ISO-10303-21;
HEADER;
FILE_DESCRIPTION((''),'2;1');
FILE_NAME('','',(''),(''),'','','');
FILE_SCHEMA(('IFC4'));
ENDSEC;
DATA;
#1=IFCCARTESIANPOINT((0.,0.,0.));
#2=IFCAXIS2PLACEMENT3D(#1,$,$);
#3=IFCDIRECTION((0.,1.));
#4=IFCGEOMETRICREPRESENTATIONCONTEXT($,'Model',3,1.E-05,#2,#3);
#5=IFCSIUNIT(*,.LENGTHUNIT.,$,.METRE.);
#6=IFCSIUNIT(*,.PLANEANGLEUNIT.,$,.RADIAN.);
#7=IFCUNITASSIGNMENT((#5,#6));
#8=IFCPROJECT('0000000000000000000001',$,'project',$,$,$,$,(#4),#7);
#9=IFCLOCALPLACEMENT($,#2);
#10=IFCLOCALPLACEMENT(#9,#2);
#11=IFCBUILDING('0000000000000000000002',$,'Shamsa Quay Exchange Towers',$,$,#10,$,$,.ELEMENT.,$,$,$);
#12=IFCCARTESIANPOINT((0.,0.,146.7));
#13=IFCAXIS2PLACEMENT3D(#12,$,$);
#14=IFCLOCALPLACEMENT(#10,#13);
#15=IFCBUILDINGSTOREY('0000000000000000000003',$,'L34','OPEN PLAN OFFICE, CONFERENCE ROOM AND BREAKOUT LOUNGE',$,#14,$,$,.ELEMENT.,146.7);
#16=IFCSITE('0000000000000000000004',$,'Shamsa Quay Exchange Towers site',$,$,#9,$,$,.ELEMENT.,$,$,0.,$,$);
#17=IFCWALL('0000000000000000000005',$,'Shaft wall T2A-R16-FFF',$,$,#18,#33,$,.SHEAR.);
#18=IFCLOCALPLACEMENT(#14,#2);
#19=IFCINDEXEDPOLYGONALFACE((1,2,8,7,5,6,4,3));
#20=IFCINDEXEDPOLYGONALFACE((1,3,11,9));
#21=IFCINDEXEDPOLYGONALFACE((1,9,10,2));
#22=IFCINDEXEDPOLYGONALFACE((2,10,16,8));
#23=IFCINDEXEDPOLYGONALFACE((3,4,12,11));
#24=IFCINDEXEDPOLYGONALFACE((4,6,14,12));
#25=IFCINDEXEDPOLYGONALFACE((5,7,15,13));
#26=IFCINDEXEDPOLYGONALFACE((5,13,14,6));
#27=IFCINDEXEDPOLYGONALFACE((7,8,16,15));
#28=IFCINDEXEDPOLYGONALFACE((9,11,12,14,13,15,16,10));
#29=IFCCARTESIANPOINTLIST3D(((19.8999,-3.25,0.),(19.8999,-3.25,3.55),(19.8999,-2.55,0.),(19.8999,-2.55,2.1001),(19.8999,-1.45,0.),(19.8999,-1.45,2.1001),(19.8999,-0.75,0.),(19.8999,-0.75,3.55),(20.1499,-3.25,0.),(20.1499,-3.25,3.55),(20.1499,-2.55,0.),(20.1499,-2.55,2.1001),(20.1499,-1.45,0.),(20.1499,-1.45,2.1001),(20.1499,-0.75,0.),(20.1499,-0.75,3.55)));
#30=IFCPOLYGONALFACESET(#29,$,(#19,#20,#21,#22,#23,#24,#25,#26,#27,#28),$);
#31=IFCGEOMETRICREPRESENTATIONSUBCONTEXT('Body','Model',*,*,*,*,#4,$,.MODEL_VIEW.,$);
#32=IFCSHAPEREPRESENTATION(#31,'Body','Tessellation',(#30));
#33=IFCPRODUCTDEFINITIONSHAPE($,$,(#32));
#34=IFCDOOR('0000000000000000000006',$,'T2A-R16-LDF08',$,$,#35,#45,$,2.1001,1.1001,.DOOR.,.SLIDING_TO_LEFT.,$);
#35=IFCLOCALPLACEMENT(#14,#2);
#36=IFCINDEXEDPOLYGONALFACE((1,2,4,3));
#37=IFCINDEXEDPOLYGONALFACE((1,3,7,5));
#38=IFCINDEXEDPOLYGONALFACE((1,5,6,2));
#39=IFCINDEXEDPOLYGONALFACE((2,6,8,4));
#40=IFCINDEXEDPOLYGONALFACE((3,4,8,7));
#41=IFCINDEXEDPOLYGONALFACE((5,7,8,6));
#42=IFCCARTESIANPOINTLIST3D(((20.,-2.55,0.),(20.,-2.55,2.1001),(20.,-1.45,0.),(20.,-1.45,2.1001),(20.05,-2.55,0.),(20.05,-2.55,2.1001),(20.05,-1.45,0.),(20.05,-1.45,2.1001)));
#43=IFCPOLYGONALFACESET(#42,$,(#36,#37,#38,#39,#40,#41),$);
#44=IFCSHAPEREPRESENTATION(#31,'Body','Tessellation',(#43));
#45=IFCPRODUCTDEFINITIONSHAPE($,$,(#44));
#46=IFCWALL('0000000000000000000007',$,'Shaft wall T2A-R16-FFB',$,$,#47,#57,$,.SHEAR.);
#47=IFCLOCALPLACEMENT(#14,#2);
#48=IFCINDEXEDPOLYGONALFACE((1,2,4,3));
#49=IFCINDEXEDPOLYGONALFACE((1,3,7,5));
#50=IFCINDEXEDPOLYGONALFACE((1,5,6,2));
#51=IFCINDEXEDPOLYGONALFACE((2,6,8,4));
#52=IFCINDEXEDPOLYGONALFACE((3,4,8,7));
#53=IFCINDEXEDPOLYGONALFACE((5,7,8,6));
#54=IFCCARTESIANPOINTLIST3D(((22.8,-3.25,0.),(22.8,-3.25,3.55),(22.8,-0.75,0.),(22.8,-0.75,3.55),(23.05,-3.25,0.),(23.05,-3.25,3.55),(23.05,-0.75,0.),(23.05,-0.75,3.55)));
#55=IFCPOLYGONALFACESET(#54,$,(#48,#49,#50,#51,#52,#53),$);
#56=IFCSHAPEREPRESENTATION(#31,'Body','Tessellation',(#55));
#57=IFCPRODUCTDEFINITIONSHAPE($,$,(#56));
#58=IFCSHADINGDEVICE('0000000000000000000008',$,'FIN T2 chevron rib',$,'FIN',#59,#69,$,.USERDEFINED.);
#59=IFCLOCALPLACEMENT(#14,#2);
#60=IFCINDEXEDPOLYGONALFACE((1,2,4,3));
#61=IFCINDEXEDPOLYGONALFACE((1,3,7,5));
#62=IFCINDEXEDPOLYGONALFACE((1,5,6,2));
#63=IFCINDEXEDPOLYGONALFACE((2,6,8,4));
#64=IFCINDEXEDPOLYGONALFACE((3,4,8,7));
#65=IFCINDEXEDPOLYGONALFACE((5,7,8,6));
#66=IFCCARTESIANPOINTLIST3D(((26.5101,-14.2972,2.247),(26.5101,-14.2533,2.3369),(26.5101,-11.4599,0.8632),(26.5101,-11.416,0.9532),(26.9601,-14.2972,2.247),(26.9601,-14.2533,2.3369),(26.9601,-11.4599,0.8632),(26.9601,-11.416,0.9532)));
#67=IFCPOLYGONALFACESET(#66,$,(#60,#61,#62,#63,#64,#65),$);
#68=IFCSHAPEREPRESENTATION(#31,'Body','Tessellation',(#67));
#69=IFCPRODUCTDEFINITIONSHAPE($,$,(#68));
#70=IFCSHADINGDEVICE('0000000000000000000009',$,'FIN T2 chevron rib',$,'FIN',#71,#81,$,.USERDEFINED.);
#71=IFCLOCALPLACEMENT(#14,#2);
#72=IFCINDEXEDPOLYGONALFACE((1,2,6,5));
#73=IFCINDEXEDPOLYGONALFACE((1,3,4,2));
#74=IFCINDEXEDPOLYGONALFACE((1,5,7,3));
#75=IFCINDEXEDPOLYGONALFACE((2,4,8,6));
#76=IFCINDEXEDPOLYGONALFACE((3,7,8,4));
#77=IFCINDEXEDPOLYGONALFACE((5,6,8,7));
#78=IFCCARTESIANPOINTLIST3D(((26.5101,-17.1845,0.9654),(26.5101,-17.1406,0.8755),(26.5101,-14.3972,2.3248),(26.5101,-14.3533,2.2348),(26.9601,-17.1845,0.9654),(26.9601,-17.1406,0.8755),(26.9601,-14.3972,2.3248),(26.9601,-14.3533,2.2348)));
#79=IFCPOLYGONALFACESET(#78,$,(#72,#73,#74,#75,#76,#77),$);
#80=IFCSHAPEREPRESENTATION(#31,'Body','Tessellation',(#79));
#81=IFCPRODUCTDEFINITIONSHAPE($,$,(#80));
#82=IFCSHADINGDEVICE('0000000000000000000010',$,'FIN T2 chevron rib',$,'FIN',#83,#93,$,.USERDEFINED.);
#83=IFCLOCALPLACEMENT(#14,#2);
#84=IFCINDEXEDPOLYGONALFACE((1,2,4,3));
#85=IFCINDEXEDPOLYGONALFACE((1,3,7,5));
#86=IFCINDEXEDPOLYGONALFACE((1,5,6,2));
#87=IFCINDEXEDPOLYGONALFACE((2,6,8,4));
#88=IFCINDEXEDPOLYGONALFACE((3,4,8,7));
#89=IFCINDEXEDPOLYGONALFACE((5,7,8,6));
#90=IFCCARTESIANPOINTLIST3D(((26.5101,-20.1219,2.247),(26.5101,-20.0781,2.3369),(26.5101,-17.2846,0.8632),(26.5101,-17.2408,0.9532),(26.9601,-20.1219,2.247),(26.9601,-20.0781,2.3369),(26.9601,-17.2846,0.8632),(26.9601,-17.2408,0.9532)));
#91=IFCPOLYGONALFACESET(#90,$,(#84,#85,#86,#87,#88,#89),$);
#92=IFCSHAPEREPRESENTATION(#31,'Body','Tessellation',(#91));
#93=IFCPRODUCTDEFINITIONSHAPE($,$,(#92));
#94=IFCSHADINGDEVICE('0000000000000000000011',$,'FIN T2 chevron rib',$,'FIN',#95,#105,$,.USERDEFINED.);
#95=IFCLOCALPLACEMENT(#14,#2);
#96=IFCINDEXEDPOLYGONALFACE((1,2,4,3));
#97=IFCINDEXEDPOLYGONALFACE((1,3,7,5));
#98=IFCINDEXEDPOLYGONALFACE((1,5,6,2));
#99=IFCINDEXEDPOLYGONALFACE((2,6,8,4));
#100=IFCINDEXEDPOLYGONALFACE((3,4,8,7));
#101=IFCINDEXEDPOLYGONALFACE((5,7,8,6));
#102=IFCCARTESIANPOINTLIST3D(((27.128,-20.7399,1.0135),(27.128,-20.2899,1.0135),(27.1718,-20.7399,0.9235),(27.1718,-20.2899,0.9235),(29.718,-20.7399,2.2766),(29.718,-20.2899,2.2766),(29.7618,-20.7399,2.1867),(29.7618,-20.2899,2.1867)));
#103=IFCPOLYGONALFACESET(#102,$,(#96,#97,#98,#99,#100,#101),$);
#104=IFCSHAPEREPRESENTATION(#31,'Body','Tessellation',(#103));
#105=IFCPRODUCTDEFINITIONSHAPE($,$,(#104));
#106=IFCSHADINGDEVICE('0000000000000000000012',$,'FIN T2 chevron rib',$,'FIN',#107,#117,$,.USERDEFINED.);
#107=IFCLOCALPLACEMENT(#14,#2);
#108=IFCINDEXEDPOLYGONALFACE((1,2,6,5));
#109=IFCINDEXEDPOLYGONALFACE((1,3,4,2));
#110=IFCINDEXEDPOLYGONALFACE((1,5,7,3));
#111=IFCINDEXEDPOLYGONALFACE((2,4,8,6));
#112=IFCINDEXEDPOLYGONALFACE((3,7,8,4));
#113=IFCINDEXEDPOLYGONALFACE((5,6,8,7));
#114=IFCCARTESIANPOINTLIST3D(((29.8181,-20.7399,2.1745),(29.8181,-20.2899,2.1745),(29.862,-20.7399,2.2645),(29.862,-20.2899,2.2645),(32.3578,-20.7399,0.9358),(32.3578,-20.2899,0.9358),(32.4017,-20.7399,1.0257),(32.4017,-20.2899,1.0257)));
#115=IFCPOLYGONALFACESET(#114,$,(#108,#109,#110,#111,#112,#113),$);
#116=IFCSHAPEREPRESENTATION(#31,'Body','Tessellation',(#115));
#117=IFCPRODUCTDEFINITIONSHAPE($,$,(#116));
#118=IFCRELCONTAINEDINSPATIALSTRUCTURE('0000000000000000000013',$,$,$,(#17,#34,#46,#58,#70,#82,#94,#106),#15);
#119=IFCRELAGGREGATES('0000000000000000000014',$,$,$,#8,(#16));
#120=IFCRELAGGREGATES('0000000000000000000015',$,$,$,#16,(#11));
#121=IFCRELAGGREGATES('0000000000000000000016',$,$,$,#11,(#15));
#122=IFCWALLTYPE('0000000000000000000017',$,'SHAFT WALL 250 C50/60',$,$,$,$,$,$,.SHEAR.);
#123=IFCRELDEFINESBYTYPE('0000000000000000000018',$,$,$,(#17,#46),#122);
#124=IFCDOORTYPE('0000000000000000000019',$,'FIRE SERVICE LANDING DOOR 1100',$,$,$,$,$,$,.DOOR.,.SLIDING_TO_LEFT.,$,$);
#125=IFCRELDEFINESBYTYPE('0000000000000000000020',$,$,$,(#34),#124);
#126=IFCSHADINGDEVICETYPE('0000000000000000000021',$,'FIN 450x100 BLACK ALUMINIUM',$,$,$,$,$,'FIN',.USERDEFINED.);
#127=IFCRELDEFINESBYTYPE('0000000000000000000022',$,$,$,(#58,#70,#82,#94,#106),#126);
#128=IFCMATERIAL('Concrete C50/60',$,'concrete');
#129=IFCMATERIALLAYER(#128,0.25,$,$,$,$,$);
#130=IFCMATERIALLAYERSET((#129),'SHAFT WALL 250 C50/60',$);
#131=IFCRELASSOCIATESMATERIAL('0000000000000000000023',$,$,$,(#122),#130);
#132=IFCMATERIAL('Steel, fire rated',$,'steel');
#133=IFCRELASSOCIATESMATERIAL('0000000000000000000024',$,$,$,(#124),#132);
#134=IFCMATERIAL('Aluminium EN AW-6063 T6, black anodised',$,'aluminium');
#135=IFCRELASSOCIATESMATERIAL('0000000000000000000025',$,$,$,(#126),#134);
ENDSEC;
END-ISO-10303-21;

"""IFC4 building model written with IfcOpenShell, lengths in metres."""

from ifc_helpers import new_model, si_unit, direction, frame, frame_2d, origin, origin_2d, place, context, subcontext, project, spatial, rectangle, extrude, material, layer, layer_set, material_profile, profile_set, type_object, element, fill, save


model = new_model("IFC4")

# Units and contexts
model_context = context("Model", 3, precision=1e-05, world=origin(), true_north=direction((0.0, 1.0)))
body_context = subcontext(model_context, "Body", "Model", "MODEL_VIEW")
ifc_project = project(units=[si_unit("LENGTHUNIT", "METRE"), si_unit("PLANEANGLEUNIT", "RADIAN")], contexts=[model_context])

# Site, building, storey
site_placement = place(None, origin())
site = spatial("IfcSite", under=ifc_project, at=site_placement, Name="Shamsa Quay Exchange Towers site", CompositionType="ELEMENT", RefElevation=0.0)
building_placement = place(site_placement, origin())
building = spatial("IfcBuilding", under=site, at=building_placement, Name="Shamsa Quay Exchange Towers", CompositionType="ELEMENT")
storey_placement = place(building_placement, frame((0.0, 0.0, 146.7)))
storey = spatial("IfcBuildingStorey", under=building, at=storey_placement, Name="L34", Description="OPEN PLAN OFFICE, CONFERENCE ROOM AND BREAKOUT LOUNGE", CompositionType="ELEMENT", Elevation=146.7)

# Shared definitions
ifc_material_1 = material(Name="Aluminium EN AW-6063 T6, black anodised", Category="aluminium")

# Shared definitions
ifc_material_2 = material(Name="Concrete C50/60", Category="concrete")
ifc_layer_1 = layer(ifc_material_2, 0.25)
ifc_layer_set_1 = layer_set([ifc_layer_1], Name="SHAFT WALL 250 C50/60")
wall_type_1 = type_object("IfcWallType", Name="SHAFT WALL 250 C50/60", PredefinedType="SHEAR", material=ifc_layer_set_1)
ifc_material_3 = material(Name="Steel, fire rated", Category="steel")

# Wall, opening, door
wall_1_placement = place(storey_placement, frame((20.0249, -3.25, 0.0), z_axis=(0.0, 0.0, 1.0), x_axis=(0.0, 1.0, 0.0)))
wall_1 = element("IfcWall", 1, at=wall_1_placement, inside=storey, type_object=wall_type_1, Name="Shaft wall T2A-R16-FFF", PredefinedType="SHEAR", context=body_context, shape_type="SweptSolid", body=[
    extrude(rectangle(XDim=2.5, YDim=0.25, at=frame_2d((1.25, 0.0))), origin(), (0.0, 0.0, 1.0), 3.55),
])
opening_1_placement = place(wall_1_placement, frame((0.7, 0.0, 0.0)))
opening_1 = element("IfcOpeningElement", 2, at=opening_1_placement, cuts=wall_1, PredefinedType="OPENING", context=body_context, shape_type="SweptSolid", body=[
    extrude(rectangle(XDim=1.1001, YDim=2.1001, at=frame_2d((0.55, 1.05))), frame((0.0, 0.135, 0.0), z_axis=(0.0, -1.0, 0.0), x_axis=(1.0, 0.0, 0.0)), (0.0, 0.0, 1.0), 0.27),
])
door_type_1 = type_object("IfcDoorType", Name="FIRE SERVICE LANDING DOOR 1100", OperationType="SLIDING_TO_LEFT", PredefinedType="DOOR", material=ifc_material_3)
door_1_placement = place(opening_1_placement, origin())
door_1 = element("IfcDoor", 3, at=door_1_placement, inside=storey, type_object=door_type_1, Name="T2A-R16-LDF08", OperationType="SLIDING_TO_LEFT", OverallHeight=2.1001, OverallWidth=1.1001, PredefinedType="DOOR", context=body_context, shape_type="SweptSolid", body=[
    extrude(rectangle(XDim=1.1001, YDim=2.1001, at=frame_2d((0.55, 1.05))), frame((0.0, 0.0249, 0.0), z_axis=(0.0, -1.0, 0.0), x_axis=(1.0, 0.0, 0.0)), (0.0, 0.0, 1.0), 0.05),
])
fill(opening_1, door_1)

# Wall
wall_2_placement = place(storey_placement, frame((22.925, -3.25, 0.0), z_axis=(0.0, 0.0, 1.0), x_axis=(0.0, 1.0, 0.0)))
element("IfcWall", 4, at=wall_2_placement, inside=storey, type_object=wall_type_1, Name="Shaft wall T2A-R16-FFB", PredefinedType="SHEAR", context=body_context, shape_type="SweptSolid", body=[
    extrude(rectangle(XDim=2.5, YDim=0.25, at=frame_2d((1.25, 0.0))), origin(), (0.0, 0.0, 1.0), 3.55),
])

# Shading devices
ifc_material_profile_1 = material_profile(ifc_material_1, rectangle(XDim=0.45, YDim=0.1001, at=origin_2d()), Name="FIN450x100")
ifc_profile_set_1 = profile_set([ifc_material_profile_1], Name="Aluminium EN AW-6063 T6, black anodised")
shading_device_type = type_object("IfcShadingDeviceType", Name="FIN 450x100 BLACK ALUMINIUM", ElementType="FIN", PredefinedType="USERDEFINED", material=ifc_profile_set_1)
shading_device_1_placement = place(storey_placement, frame((26.7351, -11.438, 0.9082), z_axis=(0.0, -0.898807, 0.438344), x_axis=(1.0, 0.0, 0.0)))
element("IfcShadingDevice", 5, at=shading_device_1_placement, inside=storey, type_object=shading_device_type, Name="FIN T2 chevron rib", ObjectType="FIN", PredefinedType="USERDEFINED", context=body_context, shape_type="SweptSolid", body=[
    extrude(rectangle(XDim=0.45, YDim=0.1001, at=origin_2d()), origin(), (0.0, 0.0, 1.0), 3.1567),
])
shading_device_2_placement = place(storey_placement, frame((26.7351, -14.3752, 2.2798), z_axis=(0.0, -0.898808, -0.438343), x_axis=(1.0, 0.0, 0.0)))
element("IfcShadingDevice", 6, at=shading_device_2_placement, inside=storey, type_object=shading_device_type, Name="FIN T2 chevron rib", ObjectType="FIN", PredefinedType="USERDEFINED", context=body_context, shape_type="SweptSolid", body=[
    extrude(rectangle(XDim=0.45, YDim=0.1001, at=origin_2d()), origin(), (0.0, 0.0, 1.0), 3.1011),
])
shading_device_3_placement = place(storey_placement, frame((26.7351, -17.2627, 0.9082), z_axis=(0.0, -0.898807, 0.438344), x_axis=(1.0, 0.0, 0.0)))
element("IfcShadingDevice", 7, at=shading_device_3_placement, inside=storey, type_object=shading_device_type, Name="FIN T2 chevron rib", ObjectType="FIN", PredefinedType="USERDEFINED", context=body_context, shape_type="SweptSolid", body=[
    extrude(rectangle(XDim=0.45, YDim=0.1001, at=origin_2d()), origin(), (0.0, 0.0, 1.0), 3.1567),
])
shading_device_4_placement = place(storey_placement, frame((27.1499, -20.5149, 0.9685), z_axis=(0.898806, 0.0, 0.438347), x_axis=(0.0, 1.0, 0.0)))
element("IfcShadingDevice", 8, at=shading_device_4_placement, inside=storey, type_object=shading_device_type, Name="FIN T2 chevron rib", ObjectType="FIN", PredefinedType="USERDEFINED", context=body_context, shape_type="SweptSolid", body=[
    extrude(rectangle(XDim=0.45, YDim=0.1001, at=origin_2d()), origin(), (0.0, 0.0, 1.0), 2.8816),
])
shading_device_5_placement = place(storey_placement, frame((29.8401, -20.5149, 2.2195), z_axis=(0.89879, 0.0, -0.438379), x_axis=(0.0, 1.0, 0.0)))
element("IfcShadingDevice", 9, at=shading_device_5_placement, inside=storey, type_object=shading_device_type, Name="FIN T2 chevron rib", ObjectType="FIN", PredefinedType="USERDEFINED", context=body_context, shape_type="SweptSolid", body=[
    extrude(rectangle(XDim=0.45, YDim=0.1001, at=origin_2d()), origin(), (0.0, 0.0, 1.0), 2.8257),
])

save(model, "model.ifc")
